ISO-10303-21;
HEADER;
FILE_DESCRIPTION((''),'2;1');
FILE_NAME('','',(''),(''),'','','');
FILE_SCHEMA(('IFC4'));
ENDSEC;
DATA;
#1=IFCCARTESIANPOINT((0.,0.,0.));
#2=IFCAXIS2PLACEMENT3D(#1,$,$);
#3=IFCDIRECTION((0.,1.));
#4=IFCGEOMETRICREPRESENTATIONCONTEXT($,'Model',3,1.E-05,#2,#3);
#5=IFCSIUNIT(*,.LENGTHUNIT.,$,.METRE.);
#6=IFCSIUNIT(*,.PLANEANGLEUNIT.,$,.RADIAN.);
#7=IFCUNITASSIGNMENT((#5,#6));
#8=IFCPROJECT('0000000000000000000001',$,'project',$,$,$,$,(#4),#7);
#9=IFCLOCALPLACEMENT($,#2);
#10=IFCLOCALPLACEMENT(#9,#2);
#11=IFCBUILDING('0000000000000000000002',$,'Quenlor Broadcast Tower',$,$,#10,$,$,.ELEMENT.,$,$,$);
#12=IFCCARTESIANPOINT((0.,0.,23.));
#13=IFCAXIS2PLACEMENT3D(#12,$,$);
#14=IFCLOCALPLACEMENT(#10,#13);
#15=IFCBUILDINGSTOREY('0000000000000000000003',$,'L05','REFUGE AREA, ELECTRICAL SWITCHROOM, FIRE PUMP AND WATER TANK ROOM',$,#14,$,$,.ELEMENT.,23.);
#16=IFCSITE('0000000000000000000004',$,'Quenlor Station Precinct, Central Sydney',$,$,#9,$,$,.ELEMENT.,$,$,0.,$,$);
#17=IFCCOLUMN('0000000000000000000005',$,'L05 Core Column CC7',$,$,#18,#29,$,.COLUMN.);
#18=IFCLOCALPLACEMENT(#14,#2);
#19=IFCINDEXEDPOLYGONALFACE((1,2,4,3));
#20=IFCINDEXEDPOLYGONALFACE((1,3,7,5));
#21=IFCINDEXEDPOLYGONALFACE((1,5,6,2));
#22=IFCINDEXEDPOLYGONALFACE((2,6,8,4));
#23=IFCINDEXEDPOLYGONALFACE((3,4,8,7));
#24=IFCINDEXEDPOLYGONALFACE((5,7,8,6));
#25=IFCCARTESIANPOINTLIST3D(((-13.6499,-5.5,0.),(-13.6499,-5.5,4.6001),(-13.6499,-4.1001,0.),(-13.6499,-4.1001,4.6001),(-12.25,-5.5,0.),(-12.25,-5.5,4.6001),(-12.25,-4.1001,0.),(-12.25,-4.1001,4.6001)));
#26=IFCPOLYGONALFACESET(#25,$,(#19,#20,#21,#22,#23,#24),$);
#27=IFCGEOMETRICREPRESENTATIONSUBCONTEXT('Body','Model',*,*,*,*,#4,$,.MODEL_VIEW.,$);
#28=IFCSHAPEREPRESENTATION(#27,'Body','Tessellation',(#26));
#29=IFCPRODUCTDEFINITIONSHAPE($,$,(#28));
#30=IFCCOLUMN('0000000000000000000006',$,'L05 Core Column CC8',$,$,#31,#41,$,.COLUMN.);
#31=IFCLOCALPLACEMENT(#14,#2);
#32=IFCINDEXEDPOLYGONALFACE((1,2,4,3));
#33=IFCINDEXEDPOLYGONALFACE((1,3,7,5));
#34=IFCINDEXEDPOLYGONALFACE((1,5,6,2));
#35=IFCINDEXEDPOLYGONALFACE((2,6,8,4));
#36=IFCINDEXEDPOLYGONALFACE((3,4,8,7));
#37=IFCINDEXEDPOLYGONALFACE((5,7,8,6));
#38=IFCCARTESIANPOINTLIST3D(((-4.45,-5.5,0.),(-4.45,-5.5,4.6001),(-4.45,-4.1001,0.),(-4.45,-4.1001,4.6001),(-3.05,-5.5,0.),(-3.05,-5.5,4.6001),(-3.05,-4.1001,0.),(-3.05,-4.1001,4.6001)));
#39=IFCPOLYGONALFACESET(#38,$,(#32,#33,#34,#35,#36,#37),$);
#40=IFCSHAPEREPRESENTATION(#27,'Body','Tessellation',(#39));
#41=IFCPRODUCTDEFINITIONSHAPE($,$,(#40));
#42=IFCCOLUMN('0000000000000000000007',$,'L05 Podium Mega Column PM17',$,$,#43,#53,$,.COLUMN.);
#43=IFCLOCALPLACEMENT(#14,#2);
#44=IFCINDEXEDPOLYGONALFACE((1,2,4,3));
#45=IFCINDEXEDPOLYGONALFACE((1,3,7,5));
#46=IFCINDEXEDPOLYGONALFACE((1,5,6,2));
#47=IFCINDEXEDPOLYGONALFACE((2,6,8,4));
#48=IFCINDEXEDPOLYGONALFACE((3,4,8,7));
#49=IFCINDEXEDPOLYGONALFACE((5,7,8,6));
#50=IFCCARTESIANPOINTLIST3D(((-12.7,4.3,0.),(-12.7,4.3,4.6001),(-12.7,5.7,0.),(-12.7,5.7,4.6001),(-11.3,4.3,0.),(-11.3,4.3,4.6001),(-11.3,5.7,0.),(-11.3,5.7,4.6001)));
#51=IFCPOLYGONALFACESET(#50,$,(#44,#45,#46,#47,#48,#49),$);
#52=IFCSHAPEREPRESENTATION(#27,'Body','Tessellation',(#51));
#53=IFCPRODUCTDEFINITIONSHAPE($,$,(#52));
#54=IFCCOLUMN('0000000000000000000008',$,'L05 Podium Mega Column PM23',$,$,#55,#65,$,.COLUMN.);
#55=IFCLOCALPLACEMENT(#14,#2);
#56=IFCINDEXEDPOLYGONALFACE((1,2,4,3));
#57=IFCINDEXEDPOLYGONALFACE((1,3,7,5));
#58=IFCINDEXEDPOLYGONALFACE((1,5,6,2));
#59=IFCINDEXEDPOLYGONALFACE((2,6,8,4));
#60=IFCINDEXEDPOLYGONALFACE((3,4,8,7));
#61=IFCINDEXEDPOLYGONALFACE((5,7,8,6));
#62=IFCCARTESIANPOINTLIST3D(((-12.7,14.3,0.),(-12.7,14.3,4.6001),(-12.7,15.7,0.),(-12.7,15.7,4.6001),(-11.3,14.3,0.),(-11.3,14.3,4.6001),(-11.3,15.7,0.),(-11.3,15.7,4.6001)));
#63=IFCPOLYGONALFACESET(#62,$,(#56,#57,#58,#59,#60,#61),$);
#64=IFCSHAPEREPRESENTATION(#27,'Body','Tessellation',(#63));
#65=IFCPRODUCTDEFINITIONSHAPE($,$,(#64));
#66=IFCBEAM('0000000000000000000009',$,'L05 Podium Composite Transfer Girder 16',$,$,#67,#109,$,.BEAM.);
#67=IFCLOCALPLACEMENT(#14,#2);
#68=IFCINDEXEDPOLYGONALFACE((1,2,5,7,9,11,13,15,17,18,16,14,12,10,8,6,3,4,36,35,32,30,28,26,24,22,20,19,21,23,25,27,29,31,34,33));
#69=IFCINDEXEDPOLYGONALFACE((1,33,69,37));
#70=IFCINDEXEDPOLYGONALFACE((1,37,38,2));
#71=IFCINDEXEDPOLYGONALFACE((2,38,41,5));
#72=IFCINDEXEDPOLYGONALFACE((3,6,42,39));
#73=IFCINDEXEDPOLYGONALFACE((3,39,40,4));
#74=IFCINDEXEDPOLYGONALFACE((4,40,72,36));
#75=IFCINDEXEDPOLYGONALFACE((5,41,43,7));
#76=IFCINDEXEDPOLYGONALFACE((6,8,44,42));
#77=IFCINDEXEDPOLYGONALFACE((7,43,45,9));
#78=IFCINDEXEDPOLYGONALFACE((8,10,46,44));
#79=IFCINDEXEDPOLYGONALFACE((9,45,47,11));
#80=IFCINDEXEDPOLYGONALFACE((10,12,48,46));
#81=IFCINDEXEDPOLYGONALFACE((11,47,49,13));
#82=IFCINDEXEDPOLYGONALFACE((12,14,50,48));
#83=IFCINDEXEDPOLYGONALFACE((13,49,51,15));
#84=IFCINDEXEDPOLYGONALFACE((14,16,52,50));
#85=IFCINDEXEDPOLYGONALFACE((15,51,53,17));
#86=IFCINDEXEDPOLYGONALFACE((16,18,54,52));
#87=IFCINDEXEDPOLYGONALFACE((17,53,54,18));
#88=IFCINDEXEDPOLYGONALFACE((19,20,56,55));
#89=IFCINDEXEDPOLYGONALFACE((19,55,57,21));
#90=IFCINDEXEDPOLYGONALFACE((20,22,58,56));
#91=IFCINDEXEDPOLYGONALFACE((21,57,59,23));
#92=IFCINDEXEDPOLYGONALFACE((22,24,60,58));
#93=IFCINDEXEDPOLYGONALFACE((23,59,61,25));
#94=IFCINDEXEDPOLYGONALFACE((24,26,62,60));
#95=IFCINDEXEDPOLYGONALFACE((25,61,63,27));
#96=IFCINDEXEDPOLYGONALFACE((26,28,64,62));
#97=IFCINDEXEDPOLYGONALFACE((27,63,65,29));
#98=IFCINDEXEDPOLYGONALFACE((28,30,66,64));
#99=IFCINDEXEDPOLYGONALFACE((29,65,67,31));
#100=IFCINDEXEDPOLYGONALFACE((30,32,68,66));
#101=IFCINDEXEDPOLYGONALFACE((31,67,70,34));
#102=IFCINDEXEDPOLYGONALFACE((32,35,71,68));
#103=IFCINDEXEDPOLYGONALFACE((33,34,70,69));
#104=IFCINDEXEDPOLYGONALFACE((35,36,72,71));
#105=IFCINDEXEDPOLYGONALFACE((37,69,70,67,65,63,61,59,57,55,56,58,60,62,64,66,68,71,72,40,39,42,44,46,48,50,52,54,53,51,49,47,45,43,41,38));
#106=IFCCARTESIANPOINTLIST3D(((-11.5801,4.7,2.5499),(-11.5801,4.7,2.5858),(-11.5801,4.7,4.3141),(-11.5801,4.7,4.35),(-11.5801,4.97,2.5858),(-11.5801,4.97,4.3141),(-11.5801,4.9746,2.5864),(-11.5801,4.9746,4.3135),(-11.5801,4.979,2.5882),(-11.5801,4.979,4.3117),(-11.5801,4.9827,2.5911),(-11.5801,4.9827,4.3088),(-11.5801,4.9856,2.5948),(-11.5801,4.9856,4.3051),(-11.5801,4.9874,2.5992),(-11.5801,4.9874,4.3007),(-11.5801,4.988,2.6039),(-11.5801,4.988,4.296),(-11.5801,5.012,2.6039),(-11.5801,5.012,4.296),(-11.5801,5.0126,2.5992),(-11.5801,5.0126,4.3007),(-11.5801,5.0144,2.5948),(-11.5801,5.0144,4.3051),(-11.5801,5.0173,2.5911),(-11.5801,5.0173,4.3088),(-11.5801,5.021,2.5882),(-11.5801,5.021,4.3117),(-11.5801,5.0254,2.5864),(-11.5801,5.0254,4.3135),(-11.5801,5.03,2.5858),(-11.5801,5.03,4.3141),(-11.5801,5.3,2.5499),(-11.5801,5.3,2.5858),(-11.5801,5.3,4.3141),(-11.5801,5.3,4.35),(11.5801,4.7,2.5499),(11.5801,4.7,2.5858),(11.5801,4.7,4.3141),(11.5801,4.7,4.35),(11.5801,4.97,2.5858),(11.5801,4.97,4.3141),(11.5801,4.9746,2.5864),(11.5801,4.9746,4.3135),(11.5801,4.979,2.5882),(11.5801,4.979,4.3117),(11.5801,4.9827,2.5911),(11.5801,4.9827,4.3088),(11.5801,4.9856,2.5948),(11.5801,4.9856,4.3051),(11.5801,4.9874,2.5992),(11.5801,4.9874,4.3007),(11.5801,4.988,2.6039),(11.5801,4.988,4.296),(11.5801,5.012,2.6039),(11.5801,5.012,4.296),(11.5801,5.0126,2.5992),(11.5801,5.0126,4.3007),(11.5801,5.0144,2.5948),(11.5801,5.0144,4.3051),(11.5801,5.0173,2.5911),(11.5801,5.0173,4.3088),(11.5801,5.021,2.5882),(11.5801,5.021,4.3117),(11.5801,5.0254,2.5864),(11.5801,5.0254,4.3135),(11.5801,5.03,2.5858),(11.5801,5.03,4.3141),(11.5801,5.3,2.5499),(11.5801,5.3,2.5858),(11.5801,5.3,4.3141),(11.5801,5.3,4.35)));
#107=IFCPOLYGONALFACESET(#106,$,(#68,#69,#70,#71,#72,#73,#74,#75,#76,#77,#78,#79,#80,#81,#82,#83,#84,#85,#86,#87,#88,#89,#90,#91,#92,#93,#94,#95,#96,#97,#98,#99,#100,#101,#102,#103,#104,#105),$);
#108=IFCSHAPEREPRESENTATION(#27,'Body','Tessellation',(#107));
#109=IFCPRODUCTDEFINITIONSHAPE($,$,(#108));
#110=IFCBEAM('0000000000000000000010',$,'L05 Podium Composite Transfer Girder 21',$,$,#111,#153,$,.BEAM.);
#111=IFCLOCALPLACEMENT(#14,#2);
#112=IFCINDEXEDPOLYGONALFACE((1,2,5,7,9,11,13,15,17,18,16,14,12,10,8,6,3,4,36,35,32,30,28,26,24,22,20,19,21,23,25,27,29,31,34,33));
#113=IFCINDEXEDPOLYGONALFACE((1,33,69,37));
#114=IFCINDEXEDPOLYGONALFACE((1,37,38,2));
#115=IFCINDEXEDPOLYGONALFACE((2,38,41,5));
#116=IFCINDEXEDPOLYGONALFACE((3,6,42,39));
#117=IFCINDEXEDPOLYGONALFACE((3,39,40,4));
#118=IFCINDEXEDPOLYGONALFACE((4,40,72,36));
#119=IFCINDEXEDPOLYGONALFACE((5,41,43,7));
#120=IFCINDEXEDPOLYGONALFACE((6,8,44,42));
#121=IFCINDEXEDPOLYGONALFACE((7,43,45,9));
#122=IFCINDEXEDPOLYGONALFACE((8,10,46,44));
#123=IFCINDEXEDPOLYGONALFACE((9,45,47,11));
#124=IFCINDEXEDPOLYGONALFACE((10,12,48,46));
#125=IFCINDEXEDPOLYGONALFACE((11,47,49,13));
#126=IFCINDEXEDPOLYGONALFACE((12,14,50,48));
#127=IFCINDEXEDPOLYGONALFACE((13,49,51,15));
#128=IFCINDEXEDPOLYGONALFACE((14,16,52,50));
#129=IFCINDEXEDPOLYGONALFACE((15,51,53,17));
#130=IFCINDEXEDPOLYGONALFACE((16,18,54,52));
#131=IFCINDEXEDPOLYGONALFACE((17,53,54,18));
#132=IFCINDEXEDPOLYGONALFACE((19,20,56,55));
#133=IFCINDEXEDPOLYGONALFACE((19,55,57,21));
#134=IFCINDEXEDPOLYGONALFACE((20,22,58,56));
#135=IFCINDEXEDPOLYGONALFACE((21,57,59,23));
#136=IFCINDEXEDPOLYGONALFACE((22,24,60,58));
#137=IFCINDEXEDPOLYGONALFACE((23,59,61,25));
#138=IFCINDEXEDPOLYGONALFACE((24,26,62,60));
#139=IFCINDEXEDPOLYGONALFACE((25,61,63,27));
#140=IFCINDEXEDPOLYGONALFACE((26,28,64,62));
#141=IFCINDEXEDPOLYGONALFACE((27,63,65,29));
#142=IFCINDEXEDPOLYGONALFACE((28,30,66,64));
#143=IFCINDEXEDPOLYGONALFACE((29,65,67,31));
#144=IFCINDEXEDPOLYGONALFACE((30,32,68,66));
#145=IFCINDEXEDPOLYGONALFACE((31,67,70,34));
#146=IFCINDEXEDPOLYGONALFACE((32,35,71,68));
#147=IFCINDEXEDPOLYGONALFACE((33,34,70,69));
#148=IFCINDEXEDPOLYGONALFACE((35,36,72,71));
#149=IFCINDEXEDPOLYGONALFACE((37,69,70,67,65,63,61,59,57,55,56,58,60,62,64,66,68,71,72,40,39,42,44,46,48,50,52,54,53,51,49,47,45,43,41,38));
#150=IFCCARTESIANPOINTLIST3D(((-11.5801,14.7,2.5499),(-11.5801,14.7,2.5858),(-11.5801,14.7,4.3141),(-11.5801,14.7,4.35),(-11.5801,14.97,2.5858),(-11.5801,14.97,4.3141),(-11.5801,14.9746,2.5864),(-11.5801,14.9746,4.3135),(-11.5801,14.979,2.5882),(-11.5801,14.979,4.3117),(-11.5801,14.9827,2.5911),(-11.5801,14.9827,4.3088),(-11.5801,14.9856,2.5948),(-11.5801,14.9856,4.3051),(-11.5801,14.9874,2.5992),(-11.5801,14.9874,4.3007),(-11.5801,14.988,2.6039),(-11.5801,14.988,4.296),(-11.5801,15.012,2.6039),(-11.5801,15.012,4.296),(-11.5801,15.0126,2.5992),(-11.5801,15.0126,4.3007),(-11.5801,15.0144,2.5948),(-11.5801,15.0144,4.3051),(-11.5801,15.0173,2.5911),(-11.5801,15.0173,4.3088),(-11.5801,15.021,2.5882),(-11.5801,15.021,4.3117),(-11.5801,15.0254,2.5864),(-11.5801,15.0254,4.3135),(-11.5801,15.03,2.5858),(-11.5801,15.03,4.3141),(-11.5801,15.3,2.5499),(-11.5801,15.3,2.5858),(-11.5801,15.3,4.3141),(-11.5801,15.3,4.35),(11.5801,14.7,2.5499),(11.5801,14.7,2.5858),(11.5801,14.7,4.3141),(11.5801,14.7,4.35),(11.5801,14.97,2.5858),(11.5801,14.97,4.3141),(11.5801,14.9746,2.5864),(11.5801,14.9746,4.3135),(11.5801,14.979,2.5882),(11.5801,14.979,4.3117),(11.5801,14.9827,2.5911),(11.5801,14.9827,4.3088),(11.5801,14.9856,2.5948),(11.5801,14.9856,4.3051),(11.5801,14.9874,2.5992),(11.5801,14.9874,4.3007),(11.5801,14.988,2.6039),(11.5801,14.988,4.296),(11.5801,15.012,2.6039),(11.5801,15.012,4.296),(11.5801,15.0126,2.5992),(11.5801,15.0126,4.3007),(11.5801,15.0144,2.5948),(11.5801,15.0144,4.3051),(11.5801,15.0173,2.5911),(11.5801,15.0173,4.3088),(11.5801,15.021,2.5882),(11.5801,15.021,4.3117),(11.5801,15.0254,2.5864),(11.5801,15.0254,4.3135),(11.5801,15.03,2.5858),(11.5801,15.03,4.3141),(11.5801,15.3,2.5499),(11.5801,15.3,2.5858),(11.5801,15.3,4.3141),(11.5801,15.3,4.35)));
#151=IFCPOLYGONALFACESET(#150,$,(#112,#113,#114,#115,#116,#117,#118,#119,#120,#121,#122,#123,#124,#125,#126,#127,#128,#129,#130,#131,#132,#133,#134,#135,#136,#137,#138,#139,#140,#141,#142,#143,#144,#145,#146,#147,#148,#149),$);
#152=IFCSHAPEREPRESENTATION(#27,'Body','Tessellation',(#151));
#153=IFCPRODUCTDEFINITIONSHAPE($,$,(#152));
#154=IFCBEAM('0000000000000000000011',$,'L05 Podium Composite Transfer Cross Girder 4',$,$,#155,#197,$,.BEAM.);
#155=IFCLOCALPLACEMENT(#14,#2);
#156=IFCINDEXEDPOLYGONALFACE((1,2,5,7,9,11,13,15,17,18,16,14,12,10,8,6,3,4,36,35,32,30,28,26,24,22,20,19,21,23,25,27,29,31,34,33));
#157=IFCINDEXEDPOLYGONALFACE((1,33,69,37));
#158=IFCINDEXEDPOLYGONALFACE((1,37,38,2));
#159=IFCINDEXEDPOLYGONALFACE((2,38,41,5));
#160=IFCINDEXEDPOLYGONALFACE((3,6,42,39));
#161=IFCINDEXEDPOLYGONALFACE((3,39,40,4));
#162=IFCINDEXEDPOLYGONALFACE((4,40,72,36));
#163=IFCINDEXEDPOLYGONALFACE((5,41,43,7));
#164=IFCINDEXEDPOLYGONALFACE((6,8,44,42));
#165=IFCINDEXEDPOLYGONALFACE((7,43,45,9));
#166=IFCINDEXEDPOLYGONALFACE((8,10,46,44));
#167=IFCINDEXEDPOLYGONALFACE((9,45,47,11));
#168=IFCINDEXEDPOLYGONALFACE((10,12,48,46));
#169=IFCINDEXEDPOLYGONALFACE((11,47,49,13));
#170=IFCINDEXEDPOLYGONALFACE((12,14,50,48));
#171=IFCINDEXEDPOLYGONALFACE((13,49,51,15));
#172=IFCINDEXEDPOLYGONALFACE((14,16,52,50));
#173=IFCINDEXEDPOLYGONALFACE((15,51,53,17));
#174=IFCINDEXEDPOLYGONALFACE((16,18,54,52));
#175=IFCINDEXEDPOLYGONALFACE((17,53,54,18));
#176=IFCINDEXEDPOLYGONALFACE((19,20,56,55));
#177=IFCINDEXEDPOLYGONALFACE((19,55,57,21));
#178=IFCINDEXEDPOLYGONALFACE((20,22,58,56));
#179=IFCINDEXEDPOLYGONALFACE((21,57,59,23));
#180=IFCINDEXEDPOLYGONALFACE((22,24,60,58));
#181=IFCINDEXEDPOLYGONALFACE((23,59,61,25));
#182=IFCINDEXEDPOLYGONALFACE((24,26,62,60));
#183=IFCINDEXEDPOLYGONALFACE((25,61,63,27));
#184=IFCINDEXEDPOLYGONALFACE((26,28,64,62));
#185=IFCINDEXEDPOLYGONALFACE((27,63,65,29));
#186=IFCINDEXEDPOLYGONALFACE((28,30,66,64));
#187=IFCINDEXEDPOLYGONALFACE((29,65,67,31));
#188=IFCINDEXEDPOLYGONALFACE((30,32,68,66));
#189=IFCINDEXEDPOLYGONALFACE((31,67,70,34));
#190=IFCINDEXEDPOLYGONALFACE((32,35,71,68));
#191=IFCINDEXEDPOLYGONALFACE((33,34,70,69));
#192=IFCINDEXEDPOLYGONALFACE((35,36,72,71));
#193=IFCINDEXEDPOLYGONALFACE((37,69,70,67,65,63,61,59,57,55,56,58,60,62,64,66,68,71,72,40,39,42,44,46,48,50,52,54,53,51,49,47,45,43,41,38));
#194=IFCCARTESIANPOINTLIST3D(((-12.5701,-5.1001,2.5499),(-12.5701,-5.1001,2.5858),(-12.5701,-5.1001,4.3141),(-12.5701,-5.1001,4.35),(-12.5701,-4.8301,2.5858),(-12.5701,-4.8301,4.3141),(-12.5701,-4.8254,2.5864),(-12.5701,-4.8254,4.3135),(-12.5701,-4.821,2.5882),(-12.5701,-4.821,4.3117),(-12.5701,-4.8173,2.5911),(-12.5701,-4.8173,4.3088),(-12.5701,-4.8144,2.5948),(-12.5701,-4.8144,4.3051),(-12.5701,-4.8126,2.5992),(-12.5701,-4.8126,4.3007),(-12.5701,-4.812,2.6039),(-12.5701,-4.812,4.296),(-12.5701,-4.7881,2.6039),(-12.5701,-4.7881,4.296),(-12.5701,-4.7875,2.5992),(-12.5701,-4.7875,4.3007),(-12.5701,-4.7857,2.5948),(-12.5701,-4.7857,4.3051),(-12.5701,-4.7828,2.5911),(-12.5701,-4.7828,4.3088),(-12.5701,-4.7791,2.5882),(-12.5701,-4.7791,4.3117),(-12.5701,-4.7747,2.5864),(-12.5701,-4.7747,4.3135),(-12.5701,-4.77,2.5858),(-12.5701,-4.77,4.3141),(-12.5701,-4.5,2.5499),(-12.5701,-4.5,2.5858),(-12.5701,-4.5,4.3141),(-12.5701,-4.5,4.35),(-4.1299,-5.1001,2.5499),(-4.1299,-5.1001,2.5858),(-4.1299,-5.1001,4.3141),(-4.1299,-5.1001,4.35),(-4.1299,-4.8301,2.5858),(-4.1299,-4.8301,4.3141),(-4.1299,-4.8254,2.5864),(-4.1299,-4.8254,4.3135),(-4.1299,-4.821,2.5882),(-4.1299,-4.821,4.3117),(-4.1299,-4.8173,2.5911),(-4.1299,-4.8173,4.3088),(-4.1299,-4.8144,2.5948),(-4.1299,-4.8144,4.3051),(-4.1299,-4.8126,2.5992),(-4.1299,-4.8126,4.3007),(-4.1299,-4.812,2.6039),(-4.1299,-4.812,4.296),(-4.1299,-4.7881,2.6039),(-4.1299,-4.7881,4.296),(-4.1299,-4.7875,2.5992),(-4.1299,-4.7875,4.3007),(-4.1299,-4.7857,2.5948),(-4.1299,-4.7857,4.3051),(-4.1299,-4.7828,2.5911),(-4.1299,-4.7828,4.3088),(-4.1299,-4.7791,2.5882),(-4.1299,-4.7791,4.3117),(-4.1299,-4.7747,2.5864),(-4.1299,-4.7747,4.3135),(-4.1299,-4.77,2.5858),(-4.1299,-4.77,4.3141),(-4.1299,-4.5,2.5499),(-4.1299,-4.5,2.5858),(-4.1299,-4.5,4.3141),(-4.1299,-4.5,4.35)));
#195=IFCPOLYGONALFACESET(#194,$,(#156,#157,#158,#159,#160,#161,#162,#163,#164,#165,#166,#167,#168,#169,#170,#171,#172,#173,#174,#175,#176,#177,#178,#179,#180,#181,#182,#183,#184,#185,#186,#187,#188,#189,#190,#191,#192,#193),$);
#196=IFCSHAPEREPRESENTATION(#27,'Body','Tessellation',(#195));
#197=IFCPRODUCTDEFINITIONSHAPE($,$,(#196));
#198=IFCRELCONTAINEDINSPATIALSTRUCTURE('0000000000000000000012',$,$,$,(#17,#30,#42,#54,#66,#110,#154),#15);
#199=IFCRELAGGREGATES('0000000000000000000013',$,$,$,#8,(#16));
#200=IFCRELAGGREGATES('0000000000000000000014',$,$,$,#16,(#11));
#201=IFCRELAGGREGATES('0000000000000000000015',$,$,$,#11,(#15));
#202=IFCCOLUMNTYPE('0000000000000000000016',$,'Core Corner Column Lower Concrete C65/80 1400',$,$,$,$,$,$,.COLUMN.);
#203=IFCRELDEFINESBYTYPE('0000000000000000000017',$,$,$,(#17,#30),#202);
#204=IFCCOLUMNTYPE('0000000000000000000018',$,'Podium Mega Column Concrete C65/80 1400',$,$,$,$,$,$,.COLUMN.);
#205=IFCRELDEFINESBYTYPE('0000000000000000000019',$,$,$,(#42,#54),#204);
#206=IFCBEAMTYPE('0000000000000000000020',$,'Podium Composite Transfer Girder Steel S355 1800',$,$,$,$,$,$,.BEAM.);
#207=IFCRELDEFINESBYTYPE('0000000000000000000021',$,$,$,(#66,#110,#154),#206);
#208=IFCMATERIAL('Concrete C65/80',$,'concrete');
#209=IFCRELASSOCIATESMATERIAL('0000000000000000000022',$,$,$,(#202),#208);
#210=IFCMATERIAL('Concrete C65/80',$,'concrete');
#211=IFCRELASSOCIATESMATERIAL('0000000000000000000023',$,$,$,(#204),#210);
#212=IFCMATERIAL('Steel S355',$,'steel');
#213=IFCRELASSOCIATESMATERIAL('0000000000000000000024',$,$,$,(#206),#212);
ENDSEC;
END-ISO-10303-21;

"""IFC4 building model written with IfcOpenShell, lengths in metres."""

from ifc_helpers import new_model, si_unit, direction, frame, origin, origin_2d, place, context, subcontext, project, spatial, rectangle, i_section, extrude, material, material_profile, profile_set, type_object, element, save


model = new_model("IFC4")

# Units and contexts
model_context = context("Model", 3, precision=1e-05, world=origin(), true_north=direction((0.0, 1.0)))
body_context = subcontext(model_context, "Body", "Model", "MODEL_VIEW")
ifc_project = project(units=[si_unit("LENGTHUNIT", "METRE"), si_unit("PLANEANGLEUNIT", "RADIAN")], contexts=[model_context])

# Site, building, storey
site_placement = place(None, origin())
site = spatial("IfcSite", under=ifc_project, at=site_placement, Name="Quenlor Station Precinct, Central Sydney", CompositionType="ELEMENT", RefElevation=0.0)
building_placement = place(site_placement, origin())
building = spatial("IfcBuilding", under=site, at=building_placement, Name="Quenlor Broadcast Tower", CompositionType="ELEMENT")
storey_placement = place(building_placement, frame((0.0, 0.0, 23.0)))
storey = spatial("IfcBuildingStorey", under=building, at=storey_placement, Name="L05", Description="REFUGE AREA, ELECTRICAL SWITCHROOM, FIRE PUMP AND WATER TANK ROOM", CompositionType="ELEMENT", Elevation=23.0)

# Columns
ifc_material_1 = material(Name="Concrete C65/80", Category="concrete")
ifc_material_profile_1 = material_profile(ifc_material_1, rectangle(XDim=1.3999, YDim=1.3999, at=origin_2d()))
ifc_profile_set_1 = profile_set([ifc_material_profile_1], Name="Concrete C65/80 RC1400x1400")
column_type_1 = type_object("IfcColumnType", Name="Core Corner Column Lower Concrete C65/80 1400", PredefinedType="COLUMN", material=ifc_profile_set_1)
for number, where, z_axis, x_axis, name in (
    (1, (-12.95, -4.8, 0.0), (0.0, 0.0, 1.0), (1.0, 0.0, 0.0), "L05 Core Column CC7"),
    (2, (-3.75, -4.8, 0.0), (0.0, 0.0, 1.0), (1.0, 0.0, 0.0), "L05 Core Column CC8"),
):
    element("IfcColumn", number, at=place(storey_placement, frame(where, z_axis=z_axis, x_axis=x_axis)), inside=storey, type_object=column_type_1, Name=name, PredefinedType="COLUMN", context=body_context, shape_type="SweptSolid", body=[
        extrude(rectangle(XDim=1.3999, YDim=1.3999, at=origin_2d()), origin(), (0.0, 0.0, 1.0), 4.6001),
    ])
ifc_material_2 = material(Name="Concrete C65/80", Category="concrete")
ifc_material_profile_2 = material_profile(ifc_material_2, rectangle(XDim=1.3999, YDim=1.3999, at=origin_2d()))
ifc_profile_set_2 = profile_set([ifc_material_profile_2], Name="Concrete C65/80 RC1400x1400")
column_type_2 = type_object("IfcColumnType", Name="Podium Mega Column Concrete C65/80 1400", PredefinedType="COLUMN", material=ifc_profile_set_2)
for number, where, z_axis, x_axis, name in (
    (3, (-12.0, 5.0, 0.0), (0.0, 0.0, 1.0), (1.0, 0.0, 0.0), "L05 Podium Mega Column PM17"),
    (4, (-12.0, 15.0, 0.0), (0.0, 0.0, 1.0), (1.0, 0.0, 0.0), "L05 Podium Mega Column PM23"),
):
    element("IfcColumn", number, at=place(storey_placement, frame(where, z_axis=z_axis, x_axis=x_axis)), inside=storey, type_object=column_type_2, Name=name, PredefinedType="COLUMN", context=body_context, shape_type="SweptSolid", body=[
        extrude(rectangle(XDim=1.3999, YDim=1.3999, at=origin_2d()), origin(), (0.0, 0.0, 1.0), 4.6001),
    ])

# Beams
ifc_material_3 = material(Name="Steel S355", Category="steel")
ifc_material_profile_3 = material_profile(ifc_material_3, i_section(OverallWidth=0.6001, OverallDepth=1.8, WebThickness=0.0239, FlangeThickness=0.0359, FilletRadius=0.0181, at=origin_2d()))
ifc_profile_set_3 = profile_set([ifc_material_profile_3], Name="Steel S355 1800TG620")
beam_type = type_object("IfcBeamType", Name="Podium Composite Transfer Girder Steel S355 1800", PredefinedType="BEAM", material=ifc_profile_set_3)
for number, where, z_axis, x_axis, name in (
    (5, (-11.5801, 5.0, 3.45), (1.0, 0.0, 0.0), (0.0, 1.0, 0.0), "L05 Podium Composite Transfer Girder 16"),
    (6, (-11.5801, 15.0, 3.45), (1.0, 0.0, 0.0), (0.0, 1.0, 0.0), "L05 Podium Composite Transfer Girder 21"),
):
    element("IfcBeam", number, at=place(storey_placement, frame(where, z_axis=z_axis, x_axis=x_axis)), inside=storey, type_object=beam_type, Name=name, PredefinedType="BEAM", context=body_context, shape_type="SweptSolid", body=[
        extrude(i_section(OverallWidth=0.6001, OverallDepth=1.8, WebThickness=0.0239, FlangeThickness=0.0359, FilletRadius=0.0181, at=origin_2d()), origin(), (0.0, 0.0, 1.0), 23.1602),
    ])
beam_1_placement = place(storey_placement, frame((-12.5701, -4.8, 3.45), z_axis=(1.0, 0.0, 0.0), x_axis=(0.0, 1.0, 0.0)))
element("IfcBeam", 7, at=beam_1_placement, inside=storey, type_object=beam_type, Name="L05 Podium Composite Transfer Cross Girder 4", PredefinedType="BEAM", context=body_context, shape_type="SweptSolid", body=[
    extrude(i_section(OverallWidth=0.6001, OverallDepth=1.8, WebThickness=0.0239, FlangeThickness=0.0359, FilletRadius=0.0181, at=origin_2d()), origin(), (0.0, 0.0, 1.0), 8.4402),
])

save(model, "model.ifc")
